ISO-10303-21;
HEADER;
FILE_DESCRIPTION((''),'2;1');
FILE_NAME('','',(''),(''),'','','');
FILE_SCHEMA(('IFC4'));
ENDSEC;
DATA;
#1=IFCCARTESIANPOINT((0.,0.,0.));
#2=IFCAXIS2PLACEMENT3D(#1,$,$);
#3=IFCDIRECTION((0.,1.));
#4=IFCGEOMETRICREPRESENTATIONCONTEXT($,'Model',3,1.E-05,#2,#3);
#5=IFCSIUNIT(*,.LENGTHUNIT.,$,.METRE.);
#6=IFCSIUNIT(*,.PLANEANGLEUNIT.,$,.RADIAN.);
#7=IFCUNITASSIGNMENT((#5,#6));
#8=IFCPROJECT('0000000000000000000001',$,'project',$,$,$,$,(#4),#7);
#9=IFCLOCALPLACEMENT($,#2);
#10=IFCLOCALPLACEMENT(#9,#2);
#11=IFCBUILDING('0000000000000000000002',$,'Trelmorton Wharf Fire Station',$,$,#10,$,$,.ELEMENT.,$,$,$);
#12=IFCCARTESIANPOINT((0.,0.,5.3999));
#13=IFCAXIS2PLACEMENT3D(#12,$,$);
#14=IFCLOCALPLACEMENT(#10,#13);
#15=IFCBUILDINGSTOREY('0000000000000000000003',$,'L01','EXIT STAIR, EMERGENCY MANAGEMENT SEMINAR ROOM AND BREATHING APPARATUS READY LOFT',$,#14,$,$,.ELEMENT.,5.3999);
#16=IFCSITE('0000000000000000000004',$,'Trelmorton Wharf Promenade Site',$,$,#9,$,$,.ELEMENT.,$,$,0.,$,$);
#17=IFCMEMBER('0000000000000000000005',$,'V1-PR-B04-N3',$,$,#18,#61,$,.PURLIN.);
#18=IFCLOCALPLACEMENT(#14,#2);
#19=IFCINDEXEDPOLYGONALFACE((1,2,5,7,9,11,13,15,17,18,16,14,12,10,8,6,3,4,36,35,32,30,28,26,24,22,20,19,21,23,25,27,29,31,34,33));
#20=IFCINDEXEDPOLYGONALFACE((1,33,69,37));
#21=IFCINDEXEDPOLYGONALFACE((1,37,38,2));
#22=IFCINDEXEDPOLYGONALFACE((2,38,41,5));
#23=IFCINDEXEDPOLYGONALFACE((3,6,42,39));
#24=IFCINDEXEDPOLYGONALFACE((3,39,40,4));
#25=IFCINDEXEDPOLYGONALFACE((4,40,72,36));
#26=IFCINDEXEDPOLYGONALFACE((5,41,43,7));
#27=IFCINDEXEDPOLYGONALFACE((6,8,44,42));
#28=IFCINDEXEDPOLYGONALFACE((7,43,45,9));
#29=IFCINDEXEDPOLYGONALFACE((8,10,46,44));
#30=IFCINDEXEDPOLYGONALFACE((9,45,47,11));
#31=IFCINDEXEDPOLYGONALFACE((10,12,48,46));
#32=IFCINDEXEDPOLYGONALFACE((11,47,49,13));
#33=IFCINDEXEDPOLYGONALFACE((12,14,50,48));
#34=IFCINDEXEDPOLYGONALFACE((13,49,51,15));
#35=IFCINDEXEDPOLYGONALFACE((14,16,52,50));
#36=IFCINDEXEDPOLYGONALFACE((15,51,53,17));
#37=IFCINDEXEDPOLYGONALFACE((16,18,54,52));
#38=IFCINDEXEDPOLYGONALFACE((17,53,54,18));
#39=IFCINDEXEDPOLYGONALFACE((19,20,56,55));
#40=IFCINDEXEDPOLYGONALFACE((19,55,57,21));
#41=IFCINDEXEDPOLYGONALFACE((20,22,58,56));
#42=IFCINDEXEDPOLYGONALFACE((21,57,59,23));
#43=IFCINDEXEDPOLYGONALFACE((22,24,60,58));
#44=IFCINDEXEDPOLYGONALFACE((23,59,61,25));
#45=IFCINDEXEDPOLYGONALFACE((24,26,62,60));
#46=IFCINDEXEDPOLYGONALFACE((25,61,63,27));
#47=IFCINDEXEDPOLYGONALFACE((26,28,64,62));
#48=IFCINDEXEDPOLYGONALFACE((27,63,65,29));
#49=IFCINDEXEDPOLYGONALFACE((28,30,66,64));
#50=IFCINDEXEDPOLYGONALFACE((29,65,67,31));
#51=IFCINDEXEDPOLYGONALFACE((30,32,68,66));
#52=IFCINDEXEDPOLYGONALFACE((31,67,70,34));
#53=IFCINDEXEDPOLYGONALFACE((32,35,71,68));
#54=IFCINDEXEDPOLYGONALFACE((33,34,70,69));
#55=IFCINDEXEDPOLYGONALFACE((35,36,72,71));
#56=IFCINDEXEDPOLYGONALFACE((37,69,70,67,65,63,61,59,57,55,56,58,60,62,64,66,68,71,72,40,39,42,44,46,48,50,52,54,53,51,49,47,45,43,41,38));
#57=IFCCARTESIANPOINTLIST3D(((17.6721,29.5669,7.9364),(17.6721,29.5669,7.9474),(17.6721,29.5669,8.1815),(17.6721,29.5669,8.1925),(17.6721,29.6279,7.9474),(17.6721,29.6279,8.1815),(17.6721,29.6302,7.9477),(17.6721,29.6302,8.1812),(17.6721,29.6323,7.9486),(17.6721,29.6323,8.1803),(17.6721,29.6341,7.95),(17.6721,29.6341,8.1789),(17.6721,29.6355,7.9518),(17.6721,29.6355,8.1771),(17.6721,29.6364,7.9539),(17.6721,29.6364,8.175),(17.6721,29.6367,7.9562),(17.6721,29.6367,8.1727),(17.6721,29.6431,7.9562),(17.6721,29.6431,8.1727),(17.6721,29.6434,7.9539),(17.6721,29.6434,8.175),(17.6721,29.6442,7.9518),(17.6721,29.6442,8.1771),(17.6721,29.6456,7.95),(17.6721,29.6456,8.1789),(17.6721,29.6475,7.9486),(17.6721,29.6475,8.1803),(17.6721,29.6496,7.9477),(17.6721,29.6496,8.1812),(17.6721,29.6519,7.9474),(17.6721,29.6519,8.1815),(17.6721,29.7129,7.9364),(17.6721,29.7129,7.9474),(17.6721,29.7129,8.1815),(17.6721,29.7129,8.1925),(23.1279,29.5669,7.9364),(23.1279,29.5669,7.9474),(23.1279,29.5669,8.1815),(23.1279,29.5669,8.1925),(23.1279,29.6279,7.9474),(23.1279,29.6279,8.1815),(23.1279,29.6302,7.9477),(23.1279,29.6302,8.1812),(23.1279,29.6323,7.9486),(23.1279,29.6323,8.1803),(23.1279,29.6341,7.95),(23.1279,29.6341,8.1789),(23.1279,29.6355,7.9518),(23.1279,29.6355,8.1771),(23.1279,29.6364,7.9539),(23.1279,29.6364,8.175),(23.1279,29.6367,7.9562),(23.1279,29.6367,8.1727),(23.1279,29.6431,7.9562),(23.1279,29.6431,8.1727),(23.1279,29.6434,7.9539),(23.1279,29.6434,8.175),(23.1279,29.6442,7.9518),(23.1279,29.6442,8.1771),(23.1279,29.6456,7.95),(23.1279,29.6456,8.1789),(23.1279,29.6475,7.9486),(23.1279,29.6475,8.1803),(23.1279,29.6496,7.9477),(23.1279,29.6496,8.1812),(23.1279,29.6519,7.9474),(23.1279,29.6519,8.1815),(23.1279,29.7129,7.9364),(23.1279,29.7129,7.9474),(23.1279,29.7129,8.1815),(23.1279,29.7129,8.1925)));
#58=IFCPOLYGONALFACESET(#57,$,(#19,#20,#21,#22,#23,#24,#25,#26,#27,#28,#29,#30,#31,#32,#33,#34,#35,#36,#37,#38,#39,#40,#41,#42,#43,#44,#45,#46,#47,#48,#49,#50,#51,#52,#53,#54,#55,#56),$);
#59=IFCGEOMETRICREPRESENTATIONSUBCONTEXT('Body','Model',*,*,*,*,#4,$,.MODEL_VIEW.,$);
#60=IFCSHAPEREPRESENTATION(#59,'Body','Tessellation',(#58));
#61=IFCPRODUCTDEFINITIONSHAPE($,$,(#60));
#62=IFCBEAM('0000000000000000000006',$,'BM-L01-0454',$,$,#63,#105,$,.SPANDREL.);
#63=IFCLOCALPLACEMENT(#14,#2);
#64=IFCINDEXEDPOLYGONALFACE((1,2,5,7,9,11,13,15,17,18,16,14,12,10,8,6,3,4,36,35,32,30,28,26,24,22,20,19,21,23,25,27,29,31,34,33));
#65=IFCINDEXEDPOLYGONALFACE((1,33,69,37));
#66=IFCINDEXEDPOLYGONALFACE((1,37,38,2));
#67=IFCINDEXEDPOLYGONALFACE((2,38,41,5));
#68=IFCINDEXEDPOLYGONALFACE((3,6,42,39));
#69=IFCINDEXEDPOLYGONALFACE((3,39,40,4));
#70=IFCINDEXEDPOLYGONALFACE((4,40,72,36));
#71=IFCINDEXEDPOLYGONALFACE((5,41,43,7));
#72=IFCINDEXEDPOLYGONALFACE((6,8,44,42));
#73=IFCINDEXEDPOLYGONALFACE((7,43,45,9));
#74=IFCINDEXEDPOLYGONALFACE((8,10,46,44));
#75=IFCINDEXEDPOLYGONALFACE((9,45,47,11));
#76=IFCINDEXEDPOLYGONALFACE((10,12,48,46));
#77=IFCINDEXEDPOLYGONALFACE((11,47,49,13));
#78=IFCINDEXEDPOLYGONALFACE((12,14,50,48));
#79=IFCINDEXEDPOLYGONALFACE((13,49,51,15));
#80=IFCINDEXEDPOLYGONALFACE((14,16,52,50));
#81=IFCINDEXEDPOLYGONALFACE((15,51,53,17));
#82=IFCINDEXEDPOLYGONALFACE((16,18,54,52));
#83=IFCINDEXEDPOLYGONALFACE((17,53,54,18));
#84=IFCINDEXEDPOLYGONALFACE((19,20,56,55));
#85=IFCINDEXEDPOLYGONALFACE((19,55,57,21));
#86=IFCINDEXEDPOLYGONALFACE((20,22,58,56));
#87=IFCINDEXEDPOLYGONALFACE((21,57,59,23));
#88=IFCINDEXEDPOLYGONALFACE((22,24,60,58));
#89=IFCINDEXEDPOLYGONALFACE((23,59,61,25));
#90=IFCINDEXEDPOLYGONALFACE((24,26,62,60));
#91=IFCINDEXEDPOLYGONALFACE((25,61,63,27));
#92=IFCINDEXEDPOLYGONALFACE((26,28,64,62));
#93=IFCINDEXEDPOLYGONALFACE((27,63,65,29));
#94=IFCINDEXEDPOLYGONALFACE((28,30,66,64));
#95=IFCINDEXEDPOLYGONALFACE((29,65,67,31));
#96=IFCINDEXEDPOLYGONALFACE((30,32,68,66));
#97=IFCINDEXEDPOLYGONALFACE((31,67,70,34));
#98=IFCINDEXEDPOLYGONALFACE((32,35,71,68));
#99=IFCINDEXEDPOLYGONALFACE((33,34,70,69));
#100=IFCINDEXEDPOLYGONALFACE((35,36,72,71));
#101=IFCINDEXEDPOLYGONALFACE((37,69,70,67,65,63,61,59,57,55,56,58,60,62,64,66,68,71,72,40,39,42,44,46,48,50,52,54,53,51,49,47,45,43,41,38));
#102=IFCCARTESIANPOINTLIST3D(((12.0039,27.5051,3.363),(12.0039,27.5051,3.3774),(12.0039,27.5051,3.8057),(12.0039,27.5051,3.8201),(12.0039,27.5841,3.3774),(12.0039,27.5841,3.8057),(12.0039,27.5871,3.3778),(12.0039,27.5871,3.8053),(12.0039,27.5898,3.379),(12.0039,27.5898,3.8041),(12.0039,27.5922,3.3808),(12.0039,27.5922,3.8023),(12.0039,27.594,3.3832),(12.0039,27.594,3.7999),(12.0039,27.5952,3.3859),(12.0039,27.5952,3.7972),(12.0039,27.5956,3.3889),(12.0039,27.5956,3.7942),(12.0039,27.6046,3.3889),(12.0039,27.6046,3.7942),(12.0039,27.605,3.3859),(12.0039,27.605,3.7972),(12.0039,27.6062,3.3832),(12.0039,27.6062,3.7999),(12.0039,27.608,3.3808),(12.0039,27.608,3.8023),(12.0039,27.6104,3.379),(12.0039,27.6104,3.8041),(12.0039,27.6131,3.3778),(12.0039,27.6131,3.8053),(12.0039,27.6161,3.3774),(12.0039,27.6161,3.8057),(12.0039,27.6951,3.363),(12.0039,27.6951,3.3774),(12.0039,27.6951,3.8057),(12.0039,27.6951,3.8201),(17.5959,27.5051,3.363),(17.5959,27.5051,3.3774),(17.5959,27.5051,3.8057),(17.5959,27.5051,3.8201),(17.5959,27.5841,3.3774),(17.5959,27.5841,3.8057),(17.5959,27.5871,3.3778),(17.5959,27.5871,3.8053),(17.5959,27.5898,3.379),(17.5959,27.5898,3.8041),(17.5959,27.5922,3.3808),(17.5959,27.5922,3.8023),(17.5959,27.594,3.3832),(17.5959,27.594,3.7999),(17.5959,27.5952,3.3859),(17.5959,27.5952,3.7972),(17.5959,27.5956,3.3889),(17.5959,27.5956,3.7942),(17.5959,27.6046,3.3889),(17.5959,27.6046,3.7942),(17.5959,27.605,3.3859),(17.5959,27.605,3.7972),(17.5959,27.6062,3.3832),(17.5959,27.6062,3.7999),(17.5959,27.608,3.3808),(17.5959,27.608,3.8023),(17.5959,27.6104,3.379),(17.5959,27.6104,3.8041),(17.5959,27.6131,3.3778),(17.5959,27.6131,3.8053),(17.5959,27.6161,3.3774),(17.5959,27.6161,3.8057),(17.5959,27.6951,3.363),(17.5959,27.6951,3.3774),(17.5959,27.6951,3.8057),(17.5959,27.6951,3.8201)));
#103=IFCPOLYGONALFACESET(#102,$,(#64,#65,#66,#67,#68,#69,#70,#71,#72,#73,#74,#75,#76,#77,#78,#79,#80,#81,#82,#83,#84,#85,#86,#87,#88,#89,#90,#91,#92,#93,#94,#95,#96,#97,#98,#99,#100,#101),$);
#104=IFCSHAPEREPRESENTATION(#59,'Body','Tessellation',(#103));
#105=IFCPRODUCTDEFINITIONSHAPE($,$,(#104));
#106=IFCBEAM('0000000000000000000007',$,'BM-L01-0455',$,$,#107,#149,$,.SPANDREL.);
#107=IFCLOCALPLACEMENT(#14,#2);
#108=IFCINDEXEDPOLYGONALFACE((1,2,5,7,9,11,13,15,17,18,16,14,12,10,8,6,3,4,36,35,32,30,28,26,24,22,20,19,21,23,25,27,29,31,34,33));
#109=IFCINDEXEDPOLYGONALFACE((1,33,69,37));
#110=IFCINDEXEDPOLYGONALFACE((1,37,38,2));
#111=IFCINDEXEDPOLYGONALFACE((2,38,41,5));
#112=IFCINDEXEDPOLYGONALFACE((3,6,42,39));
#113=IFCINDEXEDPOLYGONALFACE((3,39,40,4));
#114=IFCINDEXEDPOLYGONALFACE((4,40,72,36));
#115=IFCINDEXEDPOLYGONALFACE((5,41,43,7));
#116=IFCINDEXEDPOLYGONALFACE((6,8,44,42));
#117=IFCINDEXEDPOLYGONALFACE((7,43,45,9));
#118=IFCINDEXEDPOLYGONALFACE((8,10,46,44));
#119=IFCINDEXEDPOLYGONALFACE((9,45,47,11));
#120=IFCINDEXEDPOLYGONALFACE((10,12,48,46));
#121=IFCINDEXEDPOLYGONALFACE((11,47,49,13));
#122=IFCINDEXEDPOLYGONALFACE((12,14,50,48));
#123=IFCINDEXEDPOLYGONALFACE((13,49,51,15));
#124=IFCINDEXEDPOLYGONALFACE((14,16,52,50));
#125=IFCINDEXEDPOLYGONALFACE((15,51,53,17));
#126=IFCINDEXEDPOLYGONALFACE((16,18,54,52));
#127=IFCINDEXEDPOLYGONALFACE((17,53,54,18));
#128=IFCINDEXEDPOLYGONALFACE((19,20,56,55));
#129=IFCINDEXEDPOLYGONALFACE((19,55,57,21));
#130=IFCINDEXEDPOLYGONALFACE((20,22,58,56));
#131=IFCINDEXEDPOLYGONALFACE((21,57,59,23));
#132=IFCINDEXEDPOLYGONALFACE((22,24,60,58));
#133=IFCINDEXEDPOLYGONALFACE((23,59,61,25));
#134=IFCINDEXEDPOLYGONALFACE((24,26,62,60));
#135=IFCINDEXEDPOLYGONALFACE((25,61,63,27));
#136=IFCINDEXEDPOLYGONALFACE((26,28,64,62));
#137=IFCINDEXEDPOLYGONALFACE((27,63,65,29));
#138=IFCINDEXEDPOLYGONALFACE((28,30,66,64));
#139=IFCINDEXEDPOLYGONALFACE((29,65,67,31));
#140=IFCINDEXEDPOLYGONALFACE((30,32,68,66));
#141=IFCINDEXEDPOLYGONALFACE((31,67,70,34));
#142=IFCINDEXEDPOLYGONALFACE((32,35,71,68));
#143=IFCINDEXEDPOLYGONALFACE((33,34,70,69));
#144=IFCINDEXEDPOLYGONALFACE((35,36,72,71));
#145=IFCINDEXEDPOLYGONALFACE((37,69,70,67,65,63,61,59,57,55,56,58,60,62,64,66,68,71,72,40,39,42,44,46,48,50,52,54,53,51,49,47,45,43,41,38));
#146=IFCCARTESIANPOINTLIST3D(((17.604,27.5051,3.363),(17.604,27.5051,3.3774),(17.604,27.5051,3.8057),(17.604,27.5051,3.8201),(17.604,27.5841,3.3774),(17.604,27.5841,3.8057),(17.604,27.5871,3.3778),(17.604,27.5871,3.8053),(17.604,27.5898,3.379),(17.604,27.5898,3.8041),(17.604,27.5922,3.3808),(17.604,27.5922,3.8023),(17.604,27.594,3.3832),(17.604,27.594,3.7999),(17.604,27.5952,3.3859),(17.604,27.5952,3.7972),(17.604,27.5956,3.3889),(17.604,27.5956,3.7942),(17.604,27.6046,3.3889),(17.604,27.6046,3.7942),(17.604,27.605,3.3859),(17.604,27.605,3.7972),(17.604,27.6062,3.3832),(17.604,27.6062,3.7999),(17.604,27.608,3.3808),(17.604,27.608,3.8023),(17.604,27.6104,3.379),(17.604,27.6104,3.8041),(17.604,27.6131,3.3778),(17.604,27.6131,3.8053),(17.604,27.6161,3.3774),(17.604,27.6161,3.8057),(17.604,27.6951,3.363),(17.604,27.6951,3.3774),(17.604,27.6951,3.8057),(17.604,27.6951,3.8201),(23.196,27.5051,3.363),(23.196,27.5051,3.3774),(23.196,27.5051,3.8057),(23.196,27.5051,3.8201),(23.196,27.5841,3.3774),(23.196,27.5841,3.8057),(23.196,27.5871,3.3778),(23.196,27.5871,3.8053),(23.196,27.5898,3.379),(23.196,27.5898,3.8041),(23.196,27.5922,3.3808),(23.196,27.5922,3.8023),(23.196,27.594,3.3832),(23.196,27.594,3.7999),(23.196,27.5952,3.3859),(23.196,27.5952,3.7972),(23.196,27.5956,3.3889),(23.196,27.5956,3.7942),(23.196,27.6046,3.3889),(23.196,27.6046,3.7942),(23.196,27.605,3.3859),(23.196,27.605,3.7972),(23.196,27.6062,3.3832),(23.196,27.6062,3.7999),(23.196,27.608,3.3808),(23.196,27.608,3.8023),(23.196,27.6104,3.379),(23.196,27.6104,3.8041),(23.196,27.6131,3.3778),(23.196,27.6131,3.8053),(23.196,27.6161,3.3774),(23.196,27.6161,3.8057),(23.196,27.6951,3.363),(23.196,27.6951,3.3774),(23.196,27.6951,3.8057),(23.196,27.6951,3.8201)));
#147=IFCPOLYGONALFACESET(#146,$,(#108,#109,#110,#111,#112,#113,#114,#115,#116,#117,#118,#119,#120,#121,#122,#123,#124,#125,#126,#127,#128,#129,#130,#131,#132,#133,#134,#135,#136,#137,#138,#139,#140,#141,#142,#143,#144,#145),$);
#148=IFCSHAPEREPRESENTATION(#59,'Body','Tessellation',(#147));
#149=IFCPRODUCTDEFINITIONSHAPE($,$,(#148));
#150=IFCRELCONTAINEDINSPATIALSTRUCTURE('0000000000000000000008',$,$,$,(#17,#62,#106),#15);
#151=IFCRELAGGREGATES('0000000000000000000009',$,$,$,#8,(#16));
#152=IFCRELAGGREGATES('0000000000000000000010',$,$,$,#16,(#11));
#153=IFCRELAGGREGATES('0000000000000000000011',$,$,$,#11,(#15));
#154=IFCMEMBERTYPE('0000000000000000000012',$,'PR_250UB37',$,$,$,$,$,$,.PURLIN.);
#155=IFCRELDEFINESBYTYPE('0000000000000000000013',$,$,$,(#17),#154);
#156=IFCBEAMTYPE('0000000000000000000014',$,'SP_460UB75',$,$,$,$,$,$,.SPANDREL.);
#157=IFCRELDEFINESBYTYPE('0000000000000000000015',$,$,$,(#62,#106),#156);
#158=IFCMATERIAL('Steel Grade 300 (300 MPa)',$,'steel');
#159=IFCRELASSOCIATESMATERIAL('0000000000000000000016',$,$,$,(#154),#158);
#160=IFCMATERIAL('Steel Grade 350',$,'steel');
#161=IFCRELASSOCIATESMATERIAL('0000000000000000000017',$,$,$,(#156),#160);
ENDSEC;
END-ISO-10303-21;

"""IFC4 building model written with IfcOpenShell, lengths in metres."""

from ifc_helpers import new_model, si_unit, direction, frame, origin, origin_2d, place, context, subcontext, project, spatial, i_section, extrude, material, material_profile, profile_set, type_object, element, save


model = new_model("IFC4")

# Units and contexts
model_context = context("Model", 3, precision=1e-05, world=origin(), true_north=direction((0.0, 1.0)))
body_context = subcontext(model_context, "Body", "Model", "MODEL_VIEW")
ifc_project = project(units=[si_unit("LENGTHUNIT", "METRE"), si_unit("PLANEANGLEUNIT", "RADIAN")], contexts=[model_context])

# Site, building, storey
site_placement = place(None, origin())
site = spatial("IfcSite", under=ifc_project, at=site_placement, Name="Trelmorton Wharf Promenade Site", CompositionType="ELEMENT", RefElevation=0.0)
building_placement = place(site_placement, origin())
building = spatial("IfcBuilding", under=site, at=building_placement, Name="Trelmorton Wharf Fire Station", CompositionType="ELEMENT")
storey_placement = place(building_placement, frame((0.0, 0.0, 5.3999)))
storey = spatial("IfcBuildingStorey", under=building, at=storey_placement, Name="L01", Description="EXIT STAIR, EMERGENCY MANAGEMENT SEMINAR ROOM AND BREATHING APPARATUS READY LOFT", CompositionType="ELEMENT", Elevation=5.3999)

# Shared definitions
ifc_material_1 = material(Name="Steel Grade 350", Category="steel")

# Member
ifc_material_2 = material(Name="Steel Grade 300 (300 MPa)", Category="steel")
ifc_material_profile_1 = material_profile(ifc_material_2, i_section(OverallWidth=0.146, OverallDepth=0.2561, WebThickness=0.0063, FlangeThickness=0.011, FilletRadius=0.0088, at=origin_2d()), Name="250UB37.3")
ifc_profile_set_1 = profile_set([ifc_material_profile_1], Name="Steel Grade 300 (300 MPa)")
member_type_1 = type_object("IfcMemberType", Name="PR_250UB37", PredefinedType="PURLIN", material=ifc_profile_set_1)
for number, where, z_axis, x_axis, name in (
    (1, (17.6721, 29.6399, 8.0645), (1.0, 0.0, 0.0), (0.0, 1.0, 0.0), "V1-PR-B04-N3"),
):
    element("IfcMember", number, at=place(storey_placement, frame(where, z_axis=z_axis, x_axis=x_axis)), inside=storey, type_object=member_type_1, Name=name, PredefinedType="PURLIN", context=body_context, shape_type="SweptSolid", body=[
        extrude(i_section(OverallWidth=0.146, OverallDepth=0.2561, WebThickness=0.0063, FlangeThickness=0.011, FilletRadius=0.0088, at=origin_2d()), origin(), (0.0, 0.0, 1.0), 5.4558),
    ])

# Beams
ifc_material_profile_2 = material_profile(ifc_material_1, i_section(OverallWidth=0.1899, OverallDepth=0.457, WebThickness=0.009, FlangeThickness=0.0144, FilletRadius=0.0115, at=origin_2d()), Name="460UB74.6")
ifc_profile_set_2 = profile_set([ifc_material_profile_2], Name="Steel Grade 350")
beam_type = type_object("IfcBeamType", Name="SP_460UB75", PredefinedType="SPANDREL", material=ifc_profile_set_2)
for number, where, z_axis, x_axis, name in (
    (2, (12.0039, 27.6001, 3.5916), (1.0, 0.0, 0.0), (0.0, 1.0, 0.0), "BM-L01-0454"),
    (3, (17.604, 27.6001, 3.5916), (1.0, 0.0, 0.0), (0.0, 1.0, 0.0), "BM-L01-0455"),
):
    element("IfcBeam", number, at=place(storey_placement, frame(where, z_axis=z_axis, x_axis=x_axis)), inside=storey, type_object=beam_type, Name=name, PredefinedType="SPANDREL", context=body_context, shape_type="SweptSolid", body=[
        extrude(i_section(OverallWidth=0.1899, OverallDepth=0.457, WebThickness=0.009, FlangeThickness=0.0144, FilletRadius=0.0115, at=origin_2d()), origin(), (0.0, 0.0, 1.0), 5.592),
    ])

save(model, "model.ifc")
